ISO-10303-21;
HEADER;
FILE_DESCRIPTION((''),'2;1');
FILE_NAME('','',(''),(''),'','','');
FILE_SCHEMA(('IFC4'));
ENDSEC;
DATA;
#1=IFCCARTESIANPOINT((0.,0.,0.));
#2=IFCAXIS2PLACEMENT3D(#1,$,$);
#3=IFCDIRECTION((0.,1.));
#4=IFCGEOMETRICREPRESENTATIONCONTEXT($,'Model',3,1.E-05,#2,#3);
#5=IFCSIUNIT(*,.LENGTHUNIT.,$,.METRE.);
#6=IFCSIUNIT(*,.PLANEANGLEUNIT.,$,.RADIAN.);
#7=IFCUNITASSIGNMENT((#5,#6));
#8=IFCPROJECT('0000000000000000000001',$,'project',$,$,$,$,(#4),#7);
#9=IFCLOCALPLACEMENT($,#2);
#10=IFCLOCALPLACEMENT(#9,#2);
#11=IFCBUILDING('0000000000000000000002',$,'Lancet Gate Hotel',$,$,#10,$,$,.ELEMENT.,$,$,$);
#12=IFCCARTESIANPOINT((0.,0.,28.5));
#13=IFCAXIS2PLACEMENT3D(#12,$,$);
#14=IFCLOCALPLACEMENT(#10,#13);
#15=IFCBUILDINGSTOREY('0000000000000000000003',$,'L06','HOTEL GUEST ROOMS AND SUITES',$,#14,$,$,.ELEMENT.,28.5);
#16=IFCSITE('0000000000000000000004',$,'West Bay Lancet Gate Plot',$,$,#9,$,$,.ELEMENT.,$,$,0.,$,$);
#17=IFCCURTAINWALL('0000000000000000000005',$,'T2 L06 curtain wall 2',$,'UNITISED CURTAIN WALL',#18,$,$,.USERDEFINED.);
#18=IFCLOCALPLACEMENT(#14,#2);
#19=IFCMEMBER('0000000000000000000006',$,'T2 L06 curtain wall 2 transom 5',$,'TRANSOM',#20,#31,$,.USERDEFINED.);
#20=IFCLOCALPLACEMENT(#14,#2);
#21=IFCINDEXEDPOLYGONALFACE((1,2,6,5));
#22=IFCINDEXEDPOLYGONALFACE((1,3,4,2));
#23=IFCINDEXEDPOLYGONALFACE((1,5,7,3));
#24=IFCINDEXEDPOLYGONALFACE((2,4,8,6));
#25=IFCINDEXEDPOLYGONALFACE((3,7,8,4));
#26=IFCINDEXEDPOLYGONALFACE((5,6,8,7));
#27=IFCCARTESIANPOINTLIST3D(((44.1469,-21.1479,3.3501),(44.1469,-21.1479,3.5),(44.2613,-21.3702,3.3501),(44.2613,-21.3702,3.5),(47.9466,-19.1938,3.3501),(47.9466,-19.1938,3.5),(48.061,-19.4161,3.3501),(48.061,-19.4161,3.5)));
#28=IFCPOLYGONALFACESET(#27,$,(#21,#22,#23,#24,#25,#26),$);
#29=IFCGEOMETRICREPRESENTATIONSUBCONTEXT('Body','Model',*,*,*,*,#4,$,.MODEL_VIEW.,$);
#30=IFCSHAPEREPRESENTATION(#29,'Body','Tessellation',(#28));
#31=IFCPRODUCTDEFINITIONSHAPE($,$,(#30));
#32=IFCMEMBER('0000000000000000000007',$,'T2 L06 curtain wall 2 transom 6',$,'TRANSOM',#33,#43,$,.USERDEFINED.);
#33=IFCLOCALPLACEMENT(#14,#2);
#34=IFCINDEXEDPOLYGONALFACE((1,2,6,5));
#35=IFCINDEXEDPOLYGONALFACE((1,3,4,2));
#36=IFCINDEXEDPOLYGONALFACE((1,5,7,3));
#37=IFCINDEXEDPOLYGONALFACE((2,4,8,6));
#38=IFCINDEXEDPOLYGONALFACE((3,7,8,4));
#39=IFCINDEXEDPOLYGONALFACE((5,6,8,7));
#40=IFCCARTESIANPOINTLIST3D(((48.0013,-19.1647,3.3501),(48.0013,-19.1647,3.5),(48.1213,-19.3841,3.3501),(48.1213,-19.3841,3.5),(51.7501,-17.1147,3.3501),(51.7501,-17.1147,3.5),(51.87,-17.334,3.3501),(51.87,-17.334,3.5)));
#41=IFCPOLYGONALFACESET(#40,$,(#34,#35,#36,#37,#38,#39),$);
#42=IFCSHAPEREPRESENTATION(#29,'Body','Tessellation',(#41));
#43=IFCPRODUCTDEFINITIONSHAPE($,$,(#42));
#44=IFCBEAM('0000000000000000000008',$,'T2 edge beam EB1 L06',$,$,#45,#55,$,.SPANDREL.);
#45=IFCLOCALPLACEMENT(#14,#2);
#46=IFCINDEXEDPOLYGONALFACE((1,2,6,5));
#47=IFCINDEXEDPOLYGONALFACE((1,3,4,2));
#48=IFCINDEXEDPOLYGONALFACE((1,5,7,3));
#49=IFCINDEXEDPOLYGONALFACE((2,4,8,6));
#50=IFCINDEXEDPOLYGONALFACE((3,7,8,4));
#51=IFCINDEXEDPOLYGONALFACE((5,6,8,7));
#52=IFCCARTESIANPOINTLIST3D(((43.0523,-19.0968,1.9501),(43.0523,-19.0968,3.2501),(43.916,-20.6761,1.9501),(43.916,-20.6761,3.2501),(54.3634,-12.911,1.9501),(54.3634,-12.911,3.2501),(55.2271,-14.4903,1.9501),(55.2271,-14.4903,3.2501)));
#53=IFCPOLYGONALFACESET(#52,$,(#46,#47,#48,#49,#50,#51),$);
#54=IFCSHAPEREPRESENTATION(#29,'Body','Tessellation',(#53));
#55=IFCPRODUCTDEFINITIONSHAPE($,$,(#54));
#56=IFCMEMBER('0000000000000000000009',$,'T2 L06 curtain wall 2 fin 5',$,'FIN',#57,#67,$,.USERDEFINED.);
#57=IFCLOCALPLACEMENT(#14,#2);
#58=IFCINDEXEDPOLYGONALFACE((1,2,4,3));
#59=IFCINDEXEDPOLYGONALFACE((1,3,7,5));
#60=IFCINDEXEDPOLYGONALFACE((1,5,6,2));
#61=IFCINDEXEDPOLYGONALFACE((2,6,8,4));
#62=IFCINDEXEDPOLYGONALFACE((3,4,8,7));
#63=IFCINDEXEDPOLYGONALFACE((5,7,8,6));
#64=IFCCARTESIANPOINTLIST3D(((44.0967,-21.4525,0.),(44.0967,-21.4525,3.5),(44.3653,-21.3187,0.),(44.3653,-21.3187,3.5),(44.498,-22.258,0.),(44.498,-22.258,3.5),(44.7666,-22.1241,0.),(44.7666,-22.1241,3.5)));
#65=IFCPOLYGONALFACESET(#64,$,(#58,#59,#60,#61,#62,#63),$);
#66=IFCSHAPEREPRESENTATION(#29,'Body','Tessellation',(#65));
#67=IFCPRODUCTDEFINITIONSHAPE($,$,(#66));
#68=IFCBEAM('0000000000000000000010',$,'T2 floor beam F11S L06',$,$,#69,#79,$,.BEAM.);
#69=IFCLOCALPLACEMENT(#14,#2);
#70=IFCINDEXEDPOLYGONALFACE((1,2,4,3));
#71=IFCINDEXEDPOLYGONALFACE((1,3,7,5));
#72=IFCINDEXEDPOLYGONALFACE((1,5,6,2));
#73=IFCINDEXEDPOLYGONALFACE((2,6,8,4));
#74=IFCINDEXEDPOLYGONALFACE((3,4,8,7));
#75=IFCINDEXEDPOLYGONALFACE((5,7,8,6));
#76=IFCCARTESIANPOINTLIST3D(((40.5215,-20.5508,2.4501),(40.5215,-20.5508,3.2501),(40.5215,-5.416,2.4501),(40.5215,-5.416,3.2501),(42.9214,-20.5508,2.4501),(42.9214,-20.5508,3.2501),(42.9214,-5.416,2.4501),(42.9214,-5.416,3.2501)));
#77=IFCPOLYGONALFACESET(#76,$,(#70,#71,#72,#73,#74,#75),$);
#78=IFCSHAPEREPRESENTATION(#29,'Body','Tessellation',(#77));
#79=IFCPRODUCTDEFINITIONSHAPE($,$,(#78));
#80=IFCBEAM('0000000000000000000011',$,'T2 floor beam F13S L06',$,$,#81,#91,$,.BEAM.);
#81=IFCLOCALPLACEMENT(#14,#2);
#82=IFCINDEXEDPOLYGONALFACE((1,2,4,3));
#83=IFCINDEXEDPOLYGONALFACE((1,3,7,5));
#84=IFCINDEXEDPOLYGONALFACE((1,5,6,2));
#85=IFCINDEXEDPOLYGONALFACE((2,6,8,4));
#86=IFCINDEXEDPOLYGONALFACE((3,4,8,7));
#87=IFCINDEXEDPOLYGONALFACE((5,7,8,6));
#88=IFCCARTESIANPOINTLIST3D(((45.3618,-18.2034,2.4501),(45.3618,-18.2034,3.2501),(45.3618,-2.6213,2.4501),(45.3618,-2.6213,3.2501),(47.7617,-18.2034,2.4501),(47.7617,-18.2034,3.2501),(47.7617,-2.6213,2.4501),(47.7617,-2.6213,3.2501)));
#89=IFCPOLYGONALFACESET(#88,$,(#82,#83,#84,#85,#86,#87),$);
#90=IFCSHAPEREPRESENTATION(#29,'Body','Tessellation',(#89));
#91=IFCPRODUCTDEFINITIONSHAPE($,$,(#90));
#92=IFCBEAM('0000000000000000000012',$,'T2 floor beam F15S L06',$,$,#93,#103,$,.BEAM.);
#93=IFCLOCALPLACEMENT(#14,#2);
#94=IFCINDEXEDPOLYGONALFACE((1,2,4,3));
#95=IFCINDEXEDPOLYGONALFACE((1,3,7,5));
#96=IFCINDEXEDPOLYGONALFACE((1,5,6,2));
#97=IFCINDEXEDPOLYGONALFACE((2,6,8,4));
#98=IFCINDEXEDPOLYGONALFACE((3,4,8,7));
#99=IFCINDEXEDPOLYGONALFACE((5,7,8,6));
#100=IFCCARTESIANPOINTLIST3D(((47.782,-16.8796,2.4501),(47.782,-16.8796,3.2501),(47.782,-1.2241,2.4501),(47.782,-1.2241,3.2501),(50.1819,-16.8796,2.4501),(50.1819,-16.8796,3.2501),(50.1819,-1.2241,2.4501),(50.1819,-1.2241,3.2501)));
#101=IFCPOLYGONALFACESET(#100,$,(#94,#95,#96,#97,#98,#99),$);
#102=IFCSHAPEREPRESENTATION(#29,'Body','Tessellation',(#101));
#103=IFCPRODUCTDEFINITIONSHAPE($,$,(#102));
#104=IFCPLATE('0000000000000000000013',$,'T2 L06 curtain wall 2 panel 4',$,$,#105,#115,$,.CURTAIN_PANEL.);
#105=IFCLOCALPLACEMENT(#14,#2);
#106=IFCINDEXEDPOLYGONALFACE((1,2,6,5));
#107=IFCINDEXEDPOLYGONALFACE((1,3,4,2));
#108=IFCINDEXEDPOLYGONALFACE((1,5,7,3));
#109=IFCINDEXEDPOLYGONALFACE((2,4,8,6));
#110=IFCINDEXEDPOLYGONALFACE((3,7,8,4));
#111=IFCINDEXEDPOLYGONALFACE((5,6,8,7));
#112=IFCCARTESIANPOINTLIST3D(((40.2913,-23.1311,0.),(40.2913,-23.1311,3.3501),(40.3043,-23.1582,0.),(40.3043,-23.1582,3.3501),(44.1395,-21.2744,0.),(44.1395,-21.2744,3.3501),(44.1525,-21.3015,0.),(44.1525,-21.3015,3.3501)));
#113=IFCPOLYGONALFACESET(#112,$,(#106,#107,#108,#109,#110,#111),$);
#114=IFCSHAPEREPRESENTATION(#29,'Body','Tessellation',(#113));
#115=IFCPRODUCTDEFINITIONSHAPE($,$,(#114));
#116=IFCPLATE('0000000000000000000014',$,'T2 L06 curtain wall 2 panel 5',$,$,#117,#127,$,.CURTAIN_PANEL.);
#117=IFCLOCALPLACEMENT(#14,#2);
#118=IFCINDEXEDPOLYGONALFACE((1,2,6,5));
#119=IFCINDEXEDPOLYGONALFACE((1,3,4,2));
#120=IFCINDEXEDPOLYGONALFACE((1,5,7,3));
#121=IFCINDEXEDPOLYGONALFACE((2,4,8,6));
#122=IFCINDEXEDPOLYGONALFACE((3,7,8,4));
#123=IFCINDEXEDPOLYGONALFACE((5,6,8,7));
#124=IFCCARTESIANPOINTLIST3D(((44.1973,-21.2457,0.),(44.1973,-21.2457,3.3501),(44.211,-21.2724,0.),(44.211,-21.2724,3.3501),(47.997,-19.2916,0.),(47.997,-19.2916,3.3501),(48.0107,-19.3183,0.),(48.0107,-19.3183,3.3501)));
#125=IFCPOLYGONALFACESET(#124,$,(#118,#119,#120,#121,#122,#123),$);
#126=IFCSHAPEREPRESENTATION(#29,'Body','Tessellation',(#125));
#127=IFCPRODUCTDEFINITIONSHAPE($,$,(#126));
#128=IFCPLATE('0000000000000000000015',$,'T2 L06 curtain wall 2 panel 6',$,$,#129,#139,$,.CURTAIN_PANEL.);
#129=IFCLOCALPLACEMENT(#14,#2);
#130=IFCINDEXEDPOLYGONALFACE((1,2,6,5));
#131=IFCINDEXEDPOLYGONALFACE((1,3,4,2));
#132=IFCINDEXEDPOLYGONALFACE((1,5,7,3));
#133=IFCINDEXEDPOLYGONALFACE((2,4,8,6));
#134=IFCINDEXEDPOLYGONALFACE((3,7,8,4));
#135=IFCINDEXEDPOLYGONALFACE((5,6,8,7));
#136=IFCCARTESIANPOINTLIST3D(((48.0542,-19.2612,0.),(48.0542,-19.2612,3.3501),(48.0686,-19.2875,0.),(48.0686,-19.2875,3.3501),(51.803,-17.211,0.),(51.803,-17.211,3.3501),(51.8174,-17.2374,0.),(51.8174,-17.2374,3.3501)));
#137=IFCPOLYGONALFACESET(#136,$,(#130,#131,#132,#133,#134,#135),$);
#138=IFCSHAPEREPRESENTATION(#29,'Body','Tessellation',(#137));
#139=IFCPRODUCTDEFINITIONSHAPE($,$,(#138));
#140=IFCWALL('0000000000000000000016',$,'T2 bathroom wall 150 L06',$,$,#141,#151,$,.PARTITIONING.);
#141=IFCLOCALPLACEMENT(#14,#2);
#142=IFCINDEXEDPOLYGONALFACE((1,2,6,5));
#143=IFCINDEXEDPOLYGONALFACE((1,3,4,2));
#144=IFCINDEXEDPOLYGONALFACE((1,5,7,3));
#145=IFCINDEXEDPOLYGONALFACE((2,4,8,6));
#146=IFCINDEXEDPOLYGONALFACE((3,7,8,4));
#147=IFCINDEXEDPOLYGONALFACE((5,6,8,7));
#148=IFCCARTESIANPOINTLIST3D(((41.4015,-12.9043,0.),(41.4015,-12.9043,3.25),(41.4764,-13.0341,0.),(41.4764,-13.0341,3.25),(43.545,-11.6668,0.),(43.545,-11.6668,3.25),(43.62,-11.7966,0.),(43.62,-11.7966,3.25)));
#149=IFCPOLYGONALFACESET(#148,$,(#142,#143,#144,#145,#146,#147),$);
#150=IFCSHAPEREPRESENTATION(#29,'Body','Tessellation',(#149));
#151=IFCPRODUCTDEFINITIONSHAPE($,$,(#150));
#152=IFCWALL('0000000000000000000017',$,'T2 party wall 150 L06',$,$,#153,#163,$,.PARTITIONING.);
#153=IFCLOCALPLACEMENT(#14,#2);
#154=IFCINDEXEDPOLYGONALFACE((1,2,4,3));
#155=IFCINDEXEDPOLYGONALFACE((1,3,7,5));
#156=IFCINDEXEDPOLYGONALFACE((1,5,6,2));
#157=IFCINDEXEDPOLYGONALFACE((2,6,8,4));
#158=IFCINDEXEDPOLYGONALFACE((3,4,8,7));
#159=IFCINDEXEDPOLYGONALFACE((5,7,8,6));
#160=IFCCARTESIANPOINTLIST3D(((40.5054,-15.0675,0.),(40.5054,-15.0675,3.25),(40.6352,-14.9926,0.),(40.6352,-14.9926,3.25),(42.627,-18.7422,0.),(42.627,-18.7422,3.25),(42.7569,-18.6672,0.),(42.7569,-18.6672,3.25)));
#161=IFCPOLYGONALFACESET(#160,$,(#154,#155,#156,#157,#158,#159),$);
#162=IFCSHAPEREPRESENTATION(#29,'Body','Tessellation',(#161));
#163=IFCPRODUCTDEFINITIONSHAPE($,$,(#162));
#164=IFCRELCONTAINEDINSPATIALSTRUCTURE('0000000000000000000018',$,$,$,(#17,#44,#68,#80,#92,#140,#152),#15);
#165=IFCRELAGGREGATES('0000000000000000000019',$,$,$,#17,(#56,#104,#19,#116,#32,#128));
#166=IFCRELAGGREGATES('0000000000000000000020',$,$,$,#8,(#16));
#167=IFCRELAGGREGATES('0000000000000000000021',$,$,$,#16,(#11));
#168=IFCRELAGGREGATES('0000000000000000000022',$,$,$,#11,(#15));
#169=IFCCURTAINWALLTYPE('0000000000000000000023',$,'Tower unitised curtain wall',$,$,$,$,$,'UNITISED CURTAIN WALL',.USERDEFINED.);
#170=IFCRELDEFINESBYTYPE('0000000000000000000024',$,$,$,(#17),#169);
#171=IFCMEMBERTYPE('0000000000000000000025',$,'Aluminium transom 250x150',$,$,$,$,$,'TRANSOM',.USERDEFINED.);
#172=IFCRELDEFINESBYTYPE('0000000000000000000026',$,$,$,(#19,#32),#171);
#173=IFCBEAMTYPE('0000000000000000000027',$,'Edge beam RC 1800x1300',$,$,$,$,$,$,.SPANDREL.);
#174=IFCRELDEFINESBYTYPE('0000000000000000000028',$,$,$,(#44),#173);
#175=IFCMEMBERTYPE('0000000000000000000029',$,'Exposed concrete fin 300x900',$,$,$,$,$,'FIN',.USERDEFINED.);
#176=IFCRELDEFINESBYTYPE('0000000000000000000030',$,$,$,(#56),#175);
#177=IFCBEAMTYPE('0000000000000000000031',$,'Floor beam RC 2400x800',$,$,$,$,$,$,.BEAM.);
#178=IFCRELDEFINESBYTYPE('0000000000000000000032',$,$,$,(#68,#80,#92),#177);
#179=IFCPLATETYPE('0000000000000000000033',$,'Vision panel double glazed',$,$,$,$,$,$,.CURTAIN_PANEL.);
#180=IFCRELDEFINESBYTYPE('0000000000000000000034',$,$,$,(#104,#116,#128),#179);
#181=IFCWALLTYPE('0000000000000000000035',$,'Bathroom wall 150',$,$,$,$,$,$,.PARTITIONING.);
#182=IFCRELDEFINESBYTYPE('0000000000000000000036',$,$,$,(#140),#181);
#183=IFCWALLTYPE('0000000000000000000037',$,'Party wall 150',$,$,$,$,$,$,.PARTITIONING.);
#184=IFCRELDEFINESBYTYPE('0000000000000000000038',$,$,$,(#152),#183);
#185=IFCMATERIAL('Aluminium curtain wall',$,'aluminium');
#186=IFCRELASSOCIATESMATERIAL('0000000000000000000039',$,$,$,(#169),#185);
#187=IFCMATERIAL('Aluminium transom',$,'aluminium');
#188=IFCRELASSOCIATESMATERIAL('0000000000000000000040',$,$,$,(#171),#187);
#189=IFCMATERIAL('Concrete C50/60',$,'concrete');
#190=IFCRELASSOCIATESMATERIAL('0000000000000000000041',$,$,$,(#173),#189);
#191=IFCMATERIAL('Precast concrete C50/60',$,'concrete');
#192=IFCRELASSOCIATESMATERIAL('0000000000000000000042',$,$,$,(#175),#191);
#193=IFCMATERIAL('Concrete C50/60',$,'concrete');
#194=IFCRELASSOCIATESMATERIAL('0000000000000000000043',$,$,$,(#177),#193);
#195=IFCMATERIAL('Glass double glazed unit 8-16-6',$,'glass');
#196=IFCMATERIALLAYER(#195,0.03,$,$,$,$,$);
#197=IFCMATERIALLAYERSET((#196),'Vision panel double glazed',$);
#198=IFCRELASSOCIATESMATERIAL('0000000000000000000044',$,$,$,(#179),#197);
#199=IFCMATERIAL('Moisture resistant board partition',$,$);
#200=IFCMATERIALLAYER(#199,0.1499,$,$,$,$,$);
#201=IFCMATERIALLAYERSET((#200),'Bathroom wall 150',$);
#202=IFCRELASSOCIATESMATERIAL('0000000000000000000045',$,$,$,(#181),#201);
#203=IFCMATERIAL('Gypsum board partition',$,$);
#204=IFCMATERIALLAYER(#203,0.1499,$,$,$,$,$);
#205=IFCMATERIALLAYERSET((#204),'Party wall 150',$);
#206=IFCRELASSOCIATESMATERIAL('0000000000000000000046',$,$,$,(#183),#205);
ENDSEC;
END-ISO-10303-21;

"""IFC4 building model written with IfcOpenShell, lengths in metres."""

from ifc_helpers import new_model, si_unit, direction, frame, frame_2d, origin, origin_2d, place, context, subcontext, project, spatial, rectangle, extrude, material, layer, layer_set, material_profile, profile_set, type_object, element, aggregate, save


model = new_model("IFC4")

# Units and contexts
model_context = context("Model", 3, precision=1e-05, world=origin(), true_north=direction((0.0, 1.0)))
body_context = subcontext(model_context, "Body", "Model", "MODEL_VIEW")
ifc_project = project(units=[si_unit("LENGTHUNIT", "METRE"), si_unit("PLANEANGLEUNIT", "RADIAN")], contexts=[model_context])

# Site, building, storey
site_placement = place(None, origin())
site = spatial("IfcSite", under=ifc_project, at=site_placement, Name="West Bay Lancet Gate Plot", CompositionType="ELEMENT", RefElevation=0.0)
building_placement = place(site_placement, origin())
building = spatial("IfcBuilding", under=site, at=building_placement, Name="Lancet Gate Hotel", CompositionType="ELEMENT")
storey_placement = place(building_placement, frame((0.0, 0.0, 28.5)))
storey = spatial("IfcBuildingStorey", under=building, at=storey_placement, Name="L06", Description="HOTEL GUEST ROOMS AND SUITES", CompositionType="ELEMENT", Elevation=28.5)

# Curtain wall, members
ifc_material_1 = material(Name="Aluminium curtain wall", Category="aluminium")
curtain_wall_type = type_object("IfcCurtainWallType", Name="Tower unitised curtain wall", ElementType="UNITISED CURTAIN WALL", PredefinedType="USERDEFINED", material=ifc_material_1)
curtain_wall_placement = place(storey_placement, origin())
curtain_wall = element("IfcCurtainWall", 1, at=curtain_wall_placement, inside=storey, type_object=curtain_wall_type, Name="T2 L06 curtain wall 2", ObjectType="UNITISED CURTAIN WALL", PredefinedType="USERDEFINED")
ifc_material_2 = material(Name="Aluminium transom", Category="aluminium")
ifc_material_profile_1 = material_profile(ifc_material_2, rectangle(XDim=0.25, YDim=0.1499, at=origin_2d()), Name="TRANSOM 250x150")
ifc_profile_set_1 = profile_set([ifc_material_profile_1], Name="Aluminium transom")
member_type_1 = type_object("IfcMemberType", Name="Aluminium transom 250x150", ElementType="TRANSOM", PredefinedType="USERDEFINED", material=ifc_profile_set_1)
member_1_placement = place(storey_placement, frame((44.2041, -21.259, 3.425), z_axis=(0.889296, 0.457333, 0.0), x_axis=(-0.457333, 0.889296, 0.0)))
member_1 = element("IfcMember", 2, at=member_1_placement, type_object=member_type_1, Name="T2 L06 curtain wall 2 transom 5", ObjectType="TRANSOM", PredefinedType="USERDEFINED", context=body_context, shape_type="SweptSolid", body=[
    extrude(rectangle(XDim=0.25, YDim=0.1499, at=origin_2d()), origin(), (0.0, 0.0, 1.0), 4.2727),
])
member_2_placement = place(storey_placement, frame((48.0613, -19.2744, 3.425), z_axis=(0.877378, 0.479801, 0.0), x_axis=(-0.479801, 0.877378, 0.0)))
member_2 = element("IfcMember", 3, at=member_2_placement, type_object=member_type_1, Name="T2 L06 curtain wall 2 transom 6", ObjectType="TRANSOM", PredefinedType="USERDEFINED", context=body_context, shape_type="SweptSolid", body=[
    extrude(rectangle(XDim=0.25, YDim=0.1499, at=origin_2d()), origin(), (0.0, 0.0, 1.0), 4.2727),
])

# Beam
ifc_material_3 = material(Name="Concrete C50/60", Category="concrete")
ifc_material_profile_2 = material_profile(ifc_material_3, rectangle(XDim=1.8, YDim=1.3, at=origin_2d()), Name="RC 1800x1300")
ifc_profile_set_2 = profile_set([ifc_material_profile_2], Name="Concrete C50/60")
beam_type_1 = type_object("IfcBeamType", Name="Edge beam RC 1800x1300", PredefinedType="SPANDREL", material=ifc_profile_set_2)
beam_1_placement = place(storey_placement, frame((43.4841, -19.8865, 2.6001), z_axis=(0.877369, 0.479816, 0.0), x_axis=(-0.479816, 0.877369, 0.0)))
element("IfcBeam", 4, at=beam_1_placement, inside=storey, type_object=beam_type_1, Name="T2 edge beam EB1 L06", PredefinedType="SPANDREL", context=body_context, shape_type="SweptSolid", body=[
    extrude(rectangle(XDim=1.8, YDim=1.3, at=origin_2d()), origin(), (0.0, 0.0, 1.0), 12.8921),
])

# Member
ifc_material_4 = material(Name="Precast concrete C50/60", Category="concrete")
ifc_material_profile_3 = material_profile(ifc_material_4, rectangle(XDim=0.3, YDim=0.8999, at=origin_2d()), Name="FIN 300x900")
ifc_profile_set_3 = profile_set([ifc_material_profile_3], Name="Precast concrete C50/60")
member_type_2 = type_object("IfcMemberType", Name="Exposed concrete fin 300x900", ElementType="FIN", PredefinedType="USERDEFINED", material=ifc_profile_set_3)
member_3_placement = place(storey_placement, frame((44.4316, -21.7883, 0.0), z_axis=(0.0, 0.0, 1.0), x_axis=(0.895044, 0.445978, 0.0)))
member_3 = element("IfcMember", 5, at=member_3_placement, type_object=member_type_2, Name="T2 L06 curtain wall 2 fin 5", ObjectType="FIN", PredefinedType="USERDEFINED", context=body_context, shape_type="SweptSolid", body=[
    extrude(rectangle(XDim=0.3, YDim=0.8999, at=origin_2d()), origin(), (0.0, 0.0, 1.0), 3.5),
])

# Beams
ifc_material_5 = material(Name="Concrete C50/60", Category="concrete")
ifc_material_profile_4 = material_profile(ifc_material_5, rectangle(XDim=2.3999, YDim=0.8, at=origin_2d()), Name="RC 2400x800")
ifc_profile_set_4 = profile_set([ifc_material_profile_4], Name="Concrete C50/60")
beam_type_2 = type_object("IfcBeamType", Name="Floor beam RC 2400x800", PredefinedType="BEAM", material=ifc_profile_set_4)
beam_2_placement = place(storey_placement, frame((41.7214, -20.5508, 2.8501), z_axis=(0.0, 1.0, 0.0), x_axis=(-1.0, 0.0, 0.0)))
element("IfcBeam", 6, at=beam_2_placement, inside=storey, type_object=beam_type_2, Name="T2 floor beam F11S L06", PredefinedType="BEAM", context=body_context, shape_type="SweptSolid", body=[
    extrude(rectangle(XDim=2.3999, YDim=0.8, at=origin_2d()), origin(), (0.0, 0.0, 1.0), 15.1348),
])
beam_3_placement = place(storey_placement, frame((46.5618, -18.2034, 2.8501), z_axis=(0.0, 1.0, 0.0), x_axis=(-1.0, 0.0, 0.0)))
element("IfcBeam", 7, at=beam_3_placement, inside=storey, type_object=beam_type_2, Name="T2 floor beam F13S L06", PredefinedType="BEAM", context=body_context, shape_type="SweptSolid", body=[
    extrude(rectangle(XDim=2.3999, YDim=0.8, at=origin_2d()), origin(), (0.0, 0.0, 1.0), 15.582),
])
beam_4_placement = place(storey_placement, frame((48.9819, -16.8796, 2.8501), z_axis=(0.0, 1.0, 0.0), x_axis=(-1.0, 0.0, 0.0)))
element("IfcBeam", 8, at=beam_4_placement, inside=storey, type_object=beam_type_2, Name="T2 floor beam F15S L06", PredefinedType="BEAM", context=body_context, shape_type="SweptSolid", body=[
    extrude(rectangle(XDim=2.3999, YDim=0.8, at=origin_2d()), origin(), (0.0, 0.0, 1.0), 15.6555),
])

# Plates
ifc_material_6 = material(Name="Glass double glazed unit 8-16-6", Category="glass")
ifc_layer_1 = layer(ifc_material_6, 0.03)
ifc_layer_set_1 = layer_set([ifc_layer_1], Name="Vision panel double glazed")
plate_type = type_object("IfcPlateType", Name="Vision panel double glazed", PredefinedType="CURTAIN_PANEL", material=ifc_layer_set_1)
plate_1_placement = place(storey_placement, frame((42.2219, -22.2163, 0.0), z_axis=(0.0, 0.0, 1.0), x_axis=(0.900647, 0.43455, 0.0)))
plate_1 = element("IfcPlate", 9, at=plate_1_placement, type_object=plate_type, Name="T2 L06 curtain wall 2 panel 4", PredefinedType="CURTAIN_PANEL", context=body_context, shape_type="SweptSolid", body=[
    extrude(rectangle(XDim=4.2727, YDim=0.03, at=origin_2d()), origin(), (0.0, 0.0, 1.0), 3.3501),
])
plate_2_placement = place(storey_placement, frame((46.104, -20.282, 0.0), z_axis=(0.0, 0.0, 1.0), x_axis=(0.889296, 0.457332, 0.0)))
plate_2 = element("IfcPlate", 10, at=plate_2_placement, type_object=plate_type, Name="T2 L06 curtain wall 2 panel 5", PredefinedType="CURTAIN_PANEL", context=body_context, shape_type="SweptSolid", body=[
    extrude(rectangle(XDim=4.2727, YDim=0.03, at=origin_2d()), origin(), (0.0, 0.0, 1.0), 3.3501),
])
plate_3_placement = place(storey_placement, frame((49.9358, -18.2493, 0.0), z_axis=(0.0, 0.0, 1.0), x_axis=(0.877368, 0.479818, 0.0)))
plate_3 = element("IfcPlate", 11, at=plate_3_placement, type_object=plate_type, Name="T2 L06 curtain wall 2 panel 6", PredefinedType="CURTAIN_PANEL", context=body_context, shape_type="SweptSolid", body=[
    extrude(rectangle(XDim=4.2727, YDim=0.03, at=origin_2d()), origin(), (0.0, 0.0, 1.0), 3.3501),
])
aggregate(curtain_wall, [member_3, plate_1, member_1, plate_2, member_2, plate_3])

# Walls
ifc_material_7 = material(Name="Moisture resistant board partition")
ifc_layer_2 = layer(ifc_material_7, 0.1499)
ifc_layer_set_2 = layer_set([ifc_layer_2], Name="Bathroom wall 150")
wall_type_1 = type_object("IfcWallType", Name="Bathroom wall 150", PredefinedType="PARTITIONING", material=ifc_layer_set_2)
wall_1_placement = place(storey_placement, frame((41.439, -12.9692, 0.0), z_axis=(0.0, 0.0, 1.0), x_axis=(0.866031, 0.49999, 0.0)))
element("IfcWall", 12, at=wall_1_placement, inside=storey, type_object=wall_type_1, Name="T2 bathroom wall 150 L06", PredefinedType="PARTITIONING", context=body_context, shape_type="SweptSolid", body=[
    extrude(rectangle(XDim=2.4751, YDim=0.1499, at=frame_2d((1.2375, 0.0))), origin(), (0.0, 0.0, 1.0), 3.25),
])
ifc_material_8 = material(Name="Gypsum board partition")
ifc_layer_3 = layer(ifc_material_8, 0.1499)
ifc_layer_set_3 = layer_set([ifc_layer_3], Name="Party wall 150")
wall_type_2 = type_object("IfcWallType", Name="Party wall 150", PredefinedType="PARTITIONING", material=ifc_layer_set_3)
wall_2_placement = place(storey_placement, frame((40.5703, -15.03, 0.0), z_axis=(0.0, 0.0, 1.0), x_axis=(0.500013, -0.866018, 0.0)))
element("IfcWall", 13, at=wall_2_placement, inside=storey, type_object=wall_type_2, Name="T2 party wall 150 L06", PredefinedType="PARTITIONING", context=body_context, shape_type="SweptSolid", body=[
    extrude(rectangle(XDim=4.2432, YDim=0.1499, at=frame_2d((2.1216, 0.0))), origin(), (0.0, 0.0, 1.0), 3.25),
])

save(model, "model.ifc")
